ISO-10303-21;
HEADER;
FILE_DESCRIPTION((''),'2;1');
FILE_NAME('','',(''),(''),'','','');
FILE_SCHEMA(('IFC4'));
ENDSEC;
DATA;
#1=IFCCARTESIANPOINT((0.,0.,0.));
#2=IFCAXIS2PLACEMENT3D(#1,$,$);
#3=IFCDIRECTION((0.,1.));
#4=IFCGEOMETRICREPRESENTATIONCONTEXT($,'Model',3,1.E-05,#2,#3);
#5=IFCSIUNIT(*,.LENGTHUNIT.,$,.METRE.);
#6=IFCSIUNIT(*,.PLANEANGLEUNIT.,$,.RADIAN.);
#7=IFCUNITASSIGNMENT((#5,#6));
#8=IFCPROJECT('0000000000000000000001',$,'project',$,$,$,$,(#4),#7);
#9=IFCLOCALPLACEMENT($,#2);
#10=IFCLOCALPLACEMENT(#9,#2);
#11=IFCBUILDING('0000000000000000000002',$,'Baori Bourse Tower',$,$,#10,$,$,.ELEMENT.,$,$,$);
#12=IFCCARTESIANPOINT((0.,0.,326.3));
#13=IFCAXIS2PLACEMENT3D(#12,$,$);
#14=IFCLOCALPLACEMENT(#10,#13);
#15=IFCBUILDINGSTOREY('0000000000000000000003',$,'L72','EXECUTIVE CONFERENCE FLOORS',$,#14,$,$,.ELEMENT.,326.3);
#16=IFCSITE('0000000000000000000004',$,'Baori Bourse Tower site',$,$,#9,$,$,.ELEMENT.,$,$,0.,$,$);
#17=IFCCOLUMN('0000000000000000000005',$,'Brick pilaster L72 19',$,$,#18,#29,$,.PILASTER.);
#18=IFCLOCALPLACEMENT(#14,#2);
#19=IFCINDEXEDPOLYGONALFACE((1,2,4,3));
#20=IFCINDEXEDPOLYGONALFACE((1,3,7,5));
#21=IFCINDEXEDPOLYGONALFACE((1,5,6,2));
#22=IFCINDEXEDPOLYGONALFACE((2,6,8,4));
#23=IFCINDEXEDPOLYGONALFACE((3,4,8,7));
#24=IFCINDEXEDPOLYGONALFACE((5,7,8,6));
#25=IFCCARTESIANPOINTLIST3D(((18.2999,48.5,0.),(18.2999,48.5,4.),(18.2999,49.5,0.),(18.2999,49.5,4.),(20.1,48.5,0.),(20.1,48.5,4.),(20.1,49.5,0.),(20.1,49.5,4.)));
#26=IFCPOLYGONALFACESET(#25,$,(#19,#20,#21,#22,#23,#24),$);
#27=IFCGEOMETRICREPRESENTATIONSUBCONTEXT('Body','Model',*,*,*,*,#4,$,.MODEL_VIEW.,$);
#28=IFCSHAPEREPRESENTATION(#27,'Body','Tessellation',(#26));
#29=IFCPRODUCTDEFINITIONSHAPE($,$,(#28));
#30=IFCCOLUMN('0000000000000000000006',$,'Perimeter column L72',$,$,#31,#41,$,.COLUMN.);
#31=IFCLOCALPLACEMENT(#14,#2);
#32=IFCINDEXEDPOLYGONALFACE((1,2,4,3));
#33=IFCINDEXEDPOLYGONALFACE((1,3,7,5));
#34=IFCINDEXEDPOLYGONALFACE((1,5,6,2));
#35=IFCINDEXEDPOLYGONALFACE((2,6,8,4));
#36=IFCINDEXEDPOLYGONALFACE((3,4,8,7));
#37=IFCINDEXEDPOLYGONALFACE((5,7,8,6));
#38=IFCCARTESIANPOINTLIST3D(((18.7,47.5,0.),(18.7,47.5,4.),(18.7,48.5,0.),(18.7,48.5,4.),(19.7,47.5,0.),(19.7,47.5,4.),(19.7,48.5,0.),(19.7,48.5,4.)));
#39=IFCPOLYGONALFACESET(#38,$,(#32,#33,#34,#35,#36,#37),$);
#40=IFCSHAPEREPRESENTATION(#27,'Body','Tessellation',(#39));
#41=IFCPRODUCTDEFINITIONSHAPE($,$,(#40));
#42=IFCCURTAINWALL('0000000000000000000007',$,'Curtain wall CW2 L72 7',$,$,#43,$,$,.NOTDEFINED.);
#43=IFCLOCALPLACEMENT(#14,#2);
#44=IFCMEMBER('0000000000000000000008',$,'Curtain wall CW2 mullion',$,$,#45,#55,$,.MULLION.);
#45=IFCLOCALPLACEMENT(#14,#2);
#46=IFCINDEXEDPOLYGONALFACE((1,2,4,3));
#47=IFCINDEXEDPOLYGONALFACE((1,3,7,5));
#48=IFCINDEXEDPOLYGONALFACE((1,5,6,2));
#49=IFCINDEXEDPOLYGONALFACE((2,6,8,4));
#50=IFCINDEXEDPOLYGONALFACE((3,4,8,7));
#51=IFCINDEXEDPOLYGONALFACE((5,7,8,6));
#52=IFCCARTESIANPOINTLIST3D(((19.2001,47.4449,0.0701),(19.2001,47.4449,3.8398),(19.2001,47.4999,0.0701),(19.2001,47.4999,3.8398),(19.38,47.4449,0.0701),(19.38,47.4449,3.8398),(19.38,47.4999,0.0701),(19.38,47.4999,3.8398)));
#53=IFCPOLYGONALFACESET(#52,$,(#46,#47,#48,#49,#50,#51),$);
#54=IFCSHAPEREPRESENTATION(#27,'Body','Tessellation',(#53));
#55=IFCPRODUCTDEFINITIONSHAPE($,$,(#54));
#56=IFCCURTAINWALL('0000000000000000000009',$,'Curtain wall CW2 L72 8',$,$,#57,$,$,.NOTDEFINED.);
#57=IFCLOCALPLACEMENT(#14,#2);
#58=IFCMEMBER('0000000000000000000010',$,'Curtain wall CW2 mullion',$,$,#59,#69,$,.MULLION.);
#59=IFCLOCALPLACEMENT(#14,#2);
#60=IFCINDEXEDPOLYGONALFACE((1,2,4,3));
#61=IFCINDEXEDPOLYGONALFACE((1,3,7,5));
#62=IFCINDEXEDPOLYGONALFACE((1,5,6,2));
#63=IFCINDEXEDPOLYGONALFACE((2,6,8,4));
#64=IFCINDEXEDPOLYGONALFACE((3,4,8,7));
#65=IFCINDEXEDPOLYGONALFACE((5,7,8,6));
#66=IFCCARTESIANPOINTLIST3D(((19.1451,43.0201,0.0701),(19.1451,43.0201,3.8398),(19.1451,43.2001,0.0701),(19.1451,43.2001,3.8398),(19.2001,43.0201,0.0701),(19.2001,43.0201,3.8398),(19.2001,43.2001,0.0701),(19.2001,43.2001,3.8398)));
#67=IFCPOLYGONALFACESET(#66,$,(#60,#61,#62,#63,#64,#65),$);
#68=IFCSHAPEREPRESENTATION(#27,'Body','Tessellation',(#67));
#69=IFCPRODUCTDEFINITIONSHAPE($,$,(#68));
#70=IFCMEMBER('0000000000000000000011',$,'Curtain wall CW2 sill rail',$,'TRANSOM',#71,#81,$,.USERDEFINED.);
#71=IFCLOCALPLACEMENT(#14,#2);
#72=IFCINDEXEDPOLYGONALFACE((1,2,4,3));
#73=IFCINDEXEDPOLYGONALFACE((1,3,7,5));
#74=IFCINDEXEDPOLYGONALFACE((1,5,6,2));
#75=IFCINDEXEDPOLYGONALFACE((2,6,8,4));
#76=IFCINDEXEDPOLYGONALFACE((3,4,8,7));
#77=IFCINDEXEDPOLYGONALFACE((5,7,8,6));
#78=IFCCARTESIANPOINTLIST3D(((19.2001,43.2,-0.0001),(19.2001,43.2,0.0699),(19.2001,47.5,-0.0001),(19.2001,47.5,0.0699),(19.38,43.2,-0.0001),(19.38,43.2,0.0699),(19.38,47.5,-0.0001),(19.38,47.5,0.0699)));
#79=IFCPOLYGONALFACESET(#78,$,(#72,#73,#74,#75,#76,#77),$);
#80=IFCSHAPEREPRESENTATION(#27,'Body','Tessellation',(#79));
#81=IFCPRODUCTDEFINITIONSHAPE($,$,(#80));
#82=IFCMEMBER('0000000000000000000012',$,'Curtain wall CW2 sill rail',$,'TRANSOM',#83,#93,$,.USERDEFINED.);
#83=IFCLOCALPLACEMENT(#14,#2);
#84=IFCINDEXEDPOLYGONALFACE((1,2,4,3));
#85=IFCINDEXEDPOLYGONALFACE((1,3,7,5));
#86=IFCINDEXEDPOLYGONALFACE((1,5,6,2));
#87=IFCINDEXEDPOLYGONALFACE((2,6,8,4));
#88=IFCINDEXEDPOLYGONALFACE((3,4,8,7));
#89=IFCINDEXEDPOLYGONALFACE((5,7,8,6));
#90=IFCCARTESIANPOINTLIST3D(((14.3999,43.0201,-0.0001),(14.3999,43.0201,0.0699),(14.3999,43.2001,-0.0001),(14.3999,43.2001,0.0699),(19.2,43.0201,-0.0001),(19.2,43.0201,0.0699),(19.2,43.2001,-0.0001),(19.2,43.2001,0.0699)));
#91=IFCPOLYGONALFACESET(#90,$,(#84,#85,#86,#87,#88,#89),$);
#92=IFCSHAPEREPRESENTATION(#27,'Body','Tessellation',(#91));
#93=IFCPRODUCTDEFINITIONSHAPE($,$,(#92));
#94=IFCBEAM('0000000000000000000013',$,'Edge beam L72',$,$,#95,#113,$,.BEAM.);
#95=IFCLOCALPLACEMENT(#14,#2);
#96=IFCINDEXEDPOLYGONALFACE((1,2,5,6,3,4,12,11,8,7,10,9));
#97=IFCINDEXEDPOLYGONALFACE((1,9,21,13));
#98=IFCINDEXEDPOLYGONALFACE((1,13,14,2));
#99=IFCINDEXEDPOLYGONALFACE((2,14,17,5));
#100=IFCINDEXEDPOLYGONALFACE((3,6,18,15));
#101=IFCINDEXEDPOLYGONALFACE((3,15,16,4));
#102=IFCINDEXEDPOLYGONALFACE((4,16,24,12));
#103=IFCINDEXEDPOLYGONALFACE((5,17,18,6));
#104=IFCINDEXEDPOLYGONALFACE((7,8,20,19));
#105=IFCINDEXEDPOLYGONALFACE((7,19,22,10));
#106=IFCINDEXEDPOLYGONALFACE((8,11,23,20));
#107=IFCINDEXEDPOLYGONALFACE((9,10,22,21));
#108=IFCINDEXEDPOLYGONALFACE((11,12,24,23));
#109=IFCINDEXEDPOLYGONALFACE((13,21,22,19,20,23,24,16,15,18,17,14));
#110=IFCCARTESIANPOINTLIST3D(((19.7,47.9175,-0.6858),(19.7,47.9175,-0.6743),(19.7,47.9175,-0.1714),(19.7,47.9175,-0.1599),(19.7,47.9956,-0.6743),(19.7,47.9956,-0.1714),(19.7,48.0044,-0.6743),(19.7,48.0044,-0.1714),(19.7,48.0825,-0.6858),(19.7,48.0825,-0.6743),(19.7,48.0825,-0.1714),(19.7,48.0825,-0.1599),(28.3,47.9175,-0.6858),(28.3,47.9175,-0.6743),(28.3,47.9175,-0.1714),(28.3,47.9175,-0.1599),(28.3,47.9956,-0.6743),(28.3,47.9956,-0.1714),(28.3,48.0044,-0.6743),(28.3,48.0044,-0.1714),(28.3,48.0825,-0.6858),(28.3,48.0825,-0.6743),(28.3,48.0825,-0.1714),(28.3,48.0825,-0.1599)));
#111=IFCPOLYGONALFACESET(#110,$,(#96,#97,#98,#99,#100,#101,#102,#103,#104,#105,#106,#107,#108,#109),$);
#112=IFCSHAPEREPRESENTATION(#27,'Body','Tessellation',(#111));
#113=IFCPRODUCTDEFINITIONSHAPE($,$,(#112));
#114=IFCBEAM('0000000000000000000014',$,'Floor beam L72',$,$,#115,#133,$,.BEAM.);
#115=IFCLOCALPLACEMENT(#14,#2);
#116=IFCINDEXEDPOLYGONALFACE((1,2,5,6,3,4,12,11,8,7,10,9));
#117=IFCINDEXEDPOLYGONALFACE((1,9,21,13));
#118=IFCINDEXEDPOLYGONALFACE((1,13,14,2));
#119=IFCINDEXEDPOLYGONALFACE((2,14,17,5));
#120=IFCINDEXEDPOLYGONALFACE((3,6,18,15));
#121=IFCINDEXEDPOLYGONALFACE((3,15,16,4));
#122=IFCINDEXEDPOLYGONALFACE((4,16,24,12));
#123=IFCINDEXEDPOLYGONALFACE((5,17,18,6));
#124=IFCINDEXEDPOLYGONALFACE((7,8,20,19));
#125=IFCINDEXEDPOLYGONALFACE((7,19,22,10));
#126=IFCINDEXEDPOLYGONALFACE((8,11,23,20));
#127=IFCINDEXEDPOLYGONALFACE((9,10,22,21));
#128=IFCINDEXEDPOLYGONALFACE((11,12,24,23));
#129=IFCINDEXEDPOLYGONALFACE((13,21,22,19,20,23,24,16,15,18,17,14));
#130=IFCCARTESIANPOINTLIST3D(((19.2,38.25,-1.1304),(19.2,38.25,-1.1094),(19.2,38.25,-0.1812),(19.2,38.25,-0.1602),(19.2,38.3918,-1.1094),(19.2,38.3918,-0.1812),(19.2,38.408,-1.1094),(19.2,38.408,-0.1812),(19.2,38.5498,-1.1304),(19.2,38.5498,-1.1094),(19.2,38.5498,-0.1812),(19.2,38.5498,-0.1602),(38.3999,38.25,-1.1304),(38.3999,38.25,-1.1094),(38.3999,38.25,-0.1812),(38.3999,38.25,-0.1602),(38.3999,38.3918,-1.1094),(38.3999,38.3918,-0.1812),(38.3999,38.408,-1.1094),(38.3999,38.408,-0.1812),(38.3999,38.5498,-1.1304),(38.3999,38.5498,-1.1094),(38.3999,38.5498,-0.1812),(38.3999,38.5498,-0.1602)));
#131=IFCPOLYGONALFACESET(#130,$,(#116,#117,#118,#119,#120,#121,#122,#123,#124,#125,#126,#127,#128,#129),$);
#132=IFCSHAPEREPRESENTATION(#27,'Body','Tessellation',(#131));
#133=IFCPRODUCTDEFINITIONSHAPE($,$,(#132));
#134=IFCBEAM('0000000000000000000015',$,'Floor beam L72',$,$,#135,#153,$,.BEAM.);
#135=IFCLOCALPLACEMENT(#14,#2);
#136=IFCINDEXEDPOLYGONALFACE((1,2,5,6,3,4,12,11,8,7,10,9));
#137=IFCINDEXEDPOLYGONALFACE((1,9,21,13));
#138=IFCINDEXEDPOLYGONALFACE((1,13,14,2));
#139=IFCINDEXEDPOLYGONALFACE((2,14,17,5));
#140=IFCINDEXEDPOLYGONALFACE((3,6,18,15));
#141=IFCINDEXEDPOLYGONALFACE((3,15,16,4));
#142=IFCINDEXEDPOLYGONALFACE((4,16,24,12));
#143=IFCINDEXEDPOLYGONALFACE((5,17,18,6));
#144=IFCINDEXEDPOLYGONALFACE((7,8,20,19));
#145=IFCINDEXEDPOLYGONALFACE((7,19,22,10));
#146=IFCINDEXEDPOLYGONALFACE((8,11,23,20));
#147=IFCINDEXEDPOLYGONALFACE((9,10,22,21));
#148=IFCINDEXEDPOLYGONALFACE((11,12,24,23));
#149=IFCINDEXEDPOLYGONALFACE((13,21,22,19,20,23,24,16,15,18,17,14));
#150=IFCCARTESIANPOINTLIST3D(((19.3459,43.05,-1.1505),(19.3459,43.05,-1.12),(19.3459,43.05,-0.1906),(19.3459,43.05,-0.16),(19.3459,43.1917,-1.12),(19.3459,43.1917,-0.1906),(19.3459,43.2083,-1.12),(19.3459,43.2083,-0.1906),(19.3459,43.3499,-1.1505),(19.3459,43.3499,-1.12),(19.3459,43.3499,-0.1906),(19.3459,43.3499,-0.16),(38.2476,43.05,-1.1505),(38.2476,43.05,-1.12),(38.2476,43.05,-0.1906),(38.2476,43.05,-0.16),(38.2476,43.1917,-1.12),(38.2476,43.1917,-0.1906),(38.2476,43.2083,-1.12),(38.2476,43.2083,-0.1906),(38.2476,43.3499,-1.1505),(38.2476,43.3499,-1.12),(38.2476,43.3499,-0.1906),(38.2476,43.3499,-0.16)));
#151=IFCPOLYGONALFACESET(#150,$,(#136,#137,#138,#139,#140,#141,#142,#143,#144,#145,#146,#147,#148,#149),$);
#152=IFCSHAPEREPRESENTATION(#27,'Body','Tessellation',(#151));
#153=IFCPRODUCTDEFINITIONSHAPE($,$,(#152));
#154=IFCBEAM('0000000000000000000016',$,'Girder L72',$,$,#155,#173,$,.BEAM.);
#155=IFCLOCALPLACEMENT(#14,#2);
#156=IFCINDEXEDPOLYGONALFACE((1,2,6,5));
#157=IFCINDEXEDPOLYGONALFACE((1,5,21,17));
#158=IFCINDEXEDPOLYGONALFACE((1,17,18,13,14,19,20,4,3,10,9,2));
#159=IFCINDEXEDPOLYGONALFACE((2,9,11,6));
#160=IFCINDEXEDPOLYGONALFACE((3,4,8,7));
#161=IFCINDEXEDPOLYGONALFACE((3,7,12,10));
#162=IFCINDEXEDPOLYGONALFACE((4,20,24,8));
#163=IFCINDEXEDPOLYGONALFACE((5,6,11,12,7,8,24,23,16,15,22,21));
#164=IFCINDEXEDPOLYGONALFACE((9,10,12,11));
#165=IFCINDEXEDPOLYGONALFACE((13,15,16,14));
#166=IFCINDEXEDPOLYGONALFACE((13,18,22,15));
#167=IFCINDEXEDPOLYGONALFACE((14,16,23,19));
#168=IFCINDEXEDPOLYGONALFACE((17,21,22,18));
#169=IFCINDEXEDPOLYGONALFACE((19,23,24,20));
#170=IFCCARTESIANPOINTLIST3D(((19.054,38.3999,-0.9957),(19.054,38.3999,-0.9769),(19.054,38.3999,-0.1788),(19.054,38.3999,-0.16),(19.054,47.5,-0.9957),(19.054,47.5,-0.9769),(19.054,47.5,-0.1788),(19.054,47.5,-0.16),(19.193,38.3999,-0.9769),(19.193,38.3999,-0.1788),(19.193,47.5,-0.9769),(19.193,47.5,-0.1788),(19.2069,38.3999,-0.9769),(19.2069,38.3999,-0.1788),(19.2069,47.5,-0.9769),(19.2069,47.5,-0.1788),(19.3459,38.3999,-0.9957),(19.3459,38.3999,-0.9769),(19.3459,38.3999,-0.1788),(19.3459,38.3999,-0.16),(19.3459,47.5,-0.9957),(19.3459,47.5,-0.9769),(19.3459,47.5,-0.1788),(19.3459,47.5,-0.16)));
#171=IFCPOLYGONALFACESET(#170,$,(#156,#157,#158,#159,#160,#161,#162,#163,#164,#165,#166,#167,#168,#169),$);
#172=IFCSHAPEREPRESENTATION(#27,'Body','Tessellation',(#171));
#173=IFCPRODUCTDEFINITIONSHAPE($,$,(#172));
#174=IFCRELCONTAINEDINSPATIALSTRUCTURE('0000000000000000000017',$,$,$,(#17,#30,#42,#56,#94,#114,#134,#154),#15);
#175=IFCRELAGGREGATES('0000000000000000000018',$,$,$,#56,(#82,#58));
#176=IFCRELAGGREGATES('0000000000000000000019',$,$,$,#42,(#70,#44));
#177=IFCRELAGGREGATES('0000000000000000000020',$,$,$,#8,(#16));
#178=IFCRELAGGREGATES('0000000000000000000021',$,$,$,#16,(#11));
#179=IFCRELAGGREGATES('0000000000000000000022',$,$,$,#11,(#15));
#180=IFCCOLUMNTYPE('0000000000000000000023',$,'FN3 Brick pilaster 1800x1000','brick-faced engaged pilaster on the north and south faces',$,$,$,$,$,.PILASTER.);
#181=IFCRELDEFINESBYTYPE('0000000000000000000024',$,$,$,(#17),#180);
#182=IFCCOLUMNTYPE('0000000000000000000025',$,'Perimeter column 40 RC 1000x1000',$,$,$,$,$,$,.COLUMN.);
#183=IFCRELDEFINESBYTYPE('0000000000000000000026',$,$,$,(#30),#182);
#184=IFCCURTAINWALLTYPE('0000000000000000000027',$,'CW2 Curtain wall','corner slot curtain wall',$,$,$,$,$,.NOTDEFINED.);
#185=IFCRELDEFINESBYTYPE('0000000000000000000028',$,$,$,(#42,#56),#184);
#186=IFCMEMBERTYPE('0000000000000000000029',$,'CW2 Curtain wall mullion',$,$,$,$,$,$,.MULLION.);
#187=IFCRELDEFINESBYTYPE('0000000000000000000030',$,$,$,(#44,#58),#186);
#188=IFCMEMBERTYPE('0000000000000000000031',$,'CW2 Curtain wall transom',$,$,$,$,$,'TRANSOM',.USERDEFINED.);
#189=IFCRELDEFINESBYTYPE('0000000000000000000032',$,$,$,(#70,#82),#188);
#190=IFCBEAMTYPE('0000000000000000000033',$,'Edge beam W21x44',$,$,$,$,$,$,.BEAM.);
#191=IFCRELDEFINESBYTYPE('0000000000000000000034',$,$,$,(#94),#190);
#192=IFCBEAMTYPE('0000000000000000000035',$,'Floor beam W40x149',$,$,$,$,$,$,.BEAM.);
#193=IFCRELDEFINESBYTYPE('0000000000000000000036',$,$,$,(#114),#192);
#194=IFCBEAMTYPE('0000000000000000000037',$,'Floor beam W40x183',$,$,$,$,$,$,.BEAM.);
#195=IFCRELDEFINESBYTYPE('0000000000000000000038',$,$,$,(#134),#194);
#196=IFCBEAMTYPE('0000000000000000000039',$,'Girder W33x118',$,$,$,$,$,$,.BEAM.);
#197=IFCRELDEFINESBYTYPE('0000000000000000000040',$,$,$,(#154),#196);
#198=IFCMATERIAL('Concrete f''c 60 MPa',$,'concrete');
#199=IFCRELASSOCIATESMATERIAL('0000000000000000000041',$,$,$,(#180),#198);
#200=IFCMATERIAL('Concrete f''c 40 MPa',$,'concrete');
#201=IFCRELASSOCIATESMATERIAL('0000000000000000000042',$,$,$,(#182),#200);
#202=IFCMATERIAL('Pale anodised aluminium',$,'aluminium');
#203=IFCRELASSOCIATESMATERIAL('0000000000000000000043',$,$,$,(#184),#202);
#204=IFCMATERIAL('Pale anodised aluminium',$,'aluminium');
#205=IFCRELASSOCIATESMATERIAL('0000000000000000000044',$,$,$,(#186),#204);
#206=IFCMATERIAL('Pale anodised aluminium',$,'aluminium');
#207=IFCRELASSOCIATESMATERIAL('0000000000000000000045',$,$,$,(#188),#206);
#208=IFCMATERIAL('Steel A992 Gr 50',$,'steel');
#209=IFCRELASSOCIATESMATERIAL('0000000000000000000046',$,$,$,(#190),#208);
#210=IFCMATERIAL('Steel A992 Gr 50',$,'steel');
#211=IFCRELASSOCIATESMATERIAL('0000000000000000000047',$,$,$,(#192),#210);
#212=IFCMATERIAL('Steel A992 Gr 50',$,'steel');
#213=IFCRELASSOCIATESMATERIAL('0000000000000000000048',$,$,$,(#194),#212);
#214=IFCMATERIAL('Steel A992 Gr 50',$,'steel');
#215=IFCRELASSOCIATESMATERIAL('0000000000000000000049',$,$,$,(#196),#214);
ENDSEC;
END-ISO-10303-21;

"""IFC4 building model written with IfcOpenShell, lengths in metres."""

from ifc_helpers import new_model, si_unit, direction, frame, origin, origin_2d, place, context, subcontext, project, spatial, rectangle, i_section, extrude, material, material_profile, profile_set, type_object, element, aggregate, save


model = new_model("IFC4")

# Units and contexts
model_context = context("Model", 3, precision=1e-05, world=origin(), true_north=direction((0.0, 1.0)))
body_context = subcontext(model_context, "Body", "Model", "MODEL_VIEW")
ifc_project = project(units=[si_unit("LENGTHUNIT", "METRE"), si_unit("PLANEANGLEUNIT", "RADIAN")], contexts=[model_context])

# Site, building, storey
site_placement = place(None, origin())
site = spatial("IfcSite", under=ifc_project, at=site_placement, Name="Baori Bourse Tower site", CompositionType="ELEMENT", RefElevation=0.0)
building_placement = place(site_placement, origin())
building = spatial("IfcBuilding", under=site, at=building_placement, Name="Baori Bourse Tower", CompositionType="ELEMENT")
storey_placement = place(building_placement, frame((0.0, 0.0, 326.3)))
storey = spatial("IfcBuildingStorey", under=building, at=storey_placement, Name="L72", Description="EXECUTIVE CONFERENCE FLOORS", CompositionType="ELEMENT", Elevation=326.3)

# Columns
ifc_material_1 = material(Name="Concrete f'c 60 MPa", Category="concrete")
ifc_material_profile_1 = material_profile(ifc_material_1, rectangle(XDim=1.8, YDim=1.0, at=origin_2d()), Name="RC 1800x1000")
ifc_profile_set_1 = profile_set([ifc_material_profile_1], Name="Concrete f'c 60 MPa")
column_type_1 = type_object("IfcColumnType", Name="FN3 Brick pilaster 1800x1000", Description="brick-faced engaged pilaster on the north and south faces", PredefinedType="PILASTER", material=ifc_profile_set_1)
column_1_placement = place(storey_placement, frame((19.2, 49.0, 0.0), z_axis=(0.0, 0.0, 1.0), x_axis=(1.0, 0.0, 0.0)))
element("IfcColumn", 1, at=column_1_placement, inside=storey, type_object=column_type_1, Name="Brick pilaster L72 19", PredefinedType="PILASTER", context=body_context, shape_type="SweptSolid", body=[
    extrude(rectangle(XDim=1.8, YDim=1.0, at=origin_2d()), origin(), (0.0, 0.0, 1.0), 4.0),
])
ifc_material_2 = material(Name="Concrete f'c 40 MPa", Category="concrete")
ifc_material_profile_2 = material_profile(ifc_material_2, rectangle(XDim=1.0, YDim=1.0, at=origin_2d()), Name="RC 1000x1000")
ifc_profile_set_2 = profile_set([ifc_material_profile_2], Name="Concrete f'c 40 MPa")
column_type_2 = type_object("IfcColumnType", Name="Perimeter column 40 RC 1000x1000", PredefinedType="COLUMN", material=ifc_profile_set_2)
column_2_placement = place(storey_placement, frame((19.2, 48.0, 0.0), z_axis=(0.0, 0.0, 1.0), x_axis=(1.0, 0.0, 0.0)))
element("IfcColumn", 2, at=column_2_placement, inside=storey, type_object=column_type_2, Name="Perimeter column L72", PredefinedType="COLUMN", context=body_context, shape_type="SweptSolid", body=[
    extrude(rectangle(XDim=1.0, YDim=1.0, at=origin_2d()), origin(), (0.0, 0.0, 1.0), 4.0),
])

# Curtain walls, members
ifc_material_3 = material(Name="Pale anodised aluminium", Category="aluminium")
curtain_wall_type_1 = type_object("IfcCurtainWallType", Name="CW2 Curtain wall", Description="corner slot curtain wall", PredefinedType="NOTDEFINED", material=ifc_material_3)
curtain_wall_1_placement = place(storey_placement, origin())
curtain_wall_1 = element("IfcCurtainWall", 3, at=curtain_wall_1_placement, inside=storey, type_object=curtain_wall_type_1, Name="Curtain wall CW2 L72 7", PredefinedType="NOTDEFINED")
ifc_material_4 = material(Name="Pale anodised aluminium", Category="aluminium")
ifc_material_profile_3 = material_profile(ifc_material_4, rectangle(XDim=0.1799, YDim=0.0549, at=origin_2d()), Name="Mullion 55x180")
ifc_profile_set_3 = profile_set([ifc_material_profile_3], Name="Pale anodised aluminium")
member_type_1 = type_object("IfcMemberType", Name="CW2 Curtain wall mullion", PredefinedType="MULLION", material=ifc_profile_set_3)
member_1_placement = place(storey_placement, frame((19.29, 47.4724, 0.0701), z_axis=(0.0, 0.0, 1.0), x_axis=(1.0, 0.0, 0.0)))
member_1 = element("IfcMember", 4, at=member_1_placement, type_object=member_type_1, Name="Curtain wall CW2 mullion", PredefinedType="MULLION", context=body_context, shape_type="SweptSolid", body=[
    extrude(rectangle(XDim=0.1799, YDim=0.0549, at=origin_2d()), origin(), (0.0, 0.0, 1.0), 3.7698),
])
curtain_wall_2_placement = place(storey_placement, origin())
curtain_wall_2 = element("IfcCurtainWall", 5, at=curtain_wall_2_placement, inside=storey, type_object=curtain_wall_type_1, Name="Curtain wall CW2 L72 8", PredefinedType="NOTDEFINED")
member_2_placement = place(storey_placement, frame((19.1726, 43.1101, 0.0701), z_axis=(0.0, 0.0, 1.0), x_axis=(0.0, -1.0, 0.0)))
member_2 = element("IfcMember", 6, at=member_2_placement, type_object=member_type_1, Name="Curtain wall CW2 mullion", PredefinedType="MULLION", context=body_context, shape_type="SweptSolid", body=[
    extrude(rectangle(XDim=0.1799, YDim=0.0549, at=origin_2d()), origin(), (0.0, 0.0, 1.0), 3.7698),
])

# Members
ifc_material_5 = material(Name="Pale anodised aluminium", Category="aluminium")
ifc_material_profile_4 = material_profile(ifc_material_5, rectangle(XDim=0.1799, YDim=0.0701, at=origin_2d()), Name="Transom 70x180")
ifc_profile_set_4 = profile_set([ifc_material_profile_4], Name="Pale anodised aluminium")
member_type_2 = type_object("IfcMemberType", Name="CW2 Curtain wall transom", ElementType="TRANSOM", PredefinedType="USERDEFINED", material=ifc_profile_set_4)
member_3_placement = place(storey_placement, frame((19.29, 47.5, 0.0349), z_axis=(0.0, -1.0, 0.0), x_axis=(1.0, 0.0, 0.0)))
member_3 = element("IfcMember", 7, at=member_3_placement, type_object=member_type_2, Name="Curtain wall CW2 sill rail", ObjectType="TRANSOM", PredefinedType="USERDEFINED", context=body_context, shape_type="SweptSolid", body=[
    extrude(rectangle(XDim=0.1799, YDim=0.0701, at=origin_2d()), origin(), (0.0, 0.0, 1.0), 4.3),
])
member_4_placement = place(storey_placement, frame((19.2, 43.1101, 0.0349), z_axis=(-1.0, 0.0, 0.0), x_axis=(0.0, -1.0, 0.0)))
member_4 = element("IfcMember", 8, at=member_4_placement, type_object=member_type_2, Name="Curtain wall CW2 sill rail", ObjectType="TRANSOM", PredefinedType="USERDEFINED", context=body_context, shape_type="SweptSolid", body=[
    extrude(rectangle(XDim=0.1799, YDim=0.0701, at=origin_2d()), origin(), (0.0, 0.0, 1.0), 4.8),
])
aggregate(curtain_wall_2, [member_4, member_2])

# Beams
ifc_material_6 = material(Name="Steel A992 Gr 50", Category="steel")
ifc_material_profile_5 = material_profile(ifc_material_6, i_section(OverallWidth=0.165, OverallDepth=0.5259, WebThickness=0.0088, FlangeThickness=0.0115, at=origin_2d()), Name="W21x44")
ifc_profile_set_5 = profile_set([ifc_material_profile_5], Name="Steel A992 Gr 50")
beam_type_1 = type_object("IfcBeamType", Name="Edge beam W21x44", PredefinedType="BEAM", material=ifc_profile_set_5)
beam_1_placement = place(storey_placement, frame((19.7, 48.0, -0.4229), z_axis=(1.0, 0.0, 0.0), x_axis=(0.0, 1.0, 0.0)))
element("IfcBeam", 9, at=beam_1_placement, inside=storey, type_object=beam_type_1, Name="Edge beam L72", PredefinedType="BEAM", context=body_context, shape_type="SweptSolid", body=[
    extrude(i_section(OverallWidth=0.165, OverallDepth=0.5259, WebThickness=0.0088, FlangeThickness=0.0115, at=origin_2d()), origin(), (0.0, 0.0, 1.0), 8.6001),
])
ifc_material_7 = material(Name="Steel A992 Gr 50", Category="steel")
ifc_material_profile_6 = material_profile(ifc_material_7, i_section(OverallWidth=0.2998, OverallDepth=0.9702, WebThickness=0.0161, FlangeThickness=0.021, at=origin_2d()), Name="W40x149")
ifc_profile_set_6 = profile_set([ifc_material_profile_6], Name="Steel A992 Gr 50")
beam_type_2 = type_object("IfcBeamType", Name="Floor beam W40x149", PredefinedType="BEAM", material=ifc_profile_set_6)
beam_2_placement = place(storey_placement, frame((19.2, 38.3999, -0.6453), z_axis=(1.0, 0.0, 0.0), x_axis=(0.0, 1.0, 0.0)))
element("IfcBeam", 10, at=beam_2_placement, inside=storey, type_object=beam_type_2, Name="Floor beam L72", PredefinedType="BEAM", context=body_context, shape_type="SweptSolid", body=[
    extrude(i_section(OverallWidth=0.2998, OverallDepth=0.9702, WebThickness=0.0161, FlangeThickness=0.021, at=origin_2d()), origin(), (0.0, 0.0, 1.0), 19.2),
])
ifc_material_8 = material(Name="Steel A992 Gr 50", Category="steel")
ifc_material_profile_7 = material_profile(ifc_material_8, i_section(OverallWidth=0.2998, OverallDepth=0.9905, WebThickness=0.0166, FlangeThickness=0.0305, at=origin_2d()), Name="W40x183")
ifc_profile_set_7 = profile_set([ifc_material_profile_7], Name="Steel A992 Gr 50")
beam_type_3 = type_object("IfcBeamType", Name="Floor beam W40x183", PredefinedType="BEAM", material=ifc_profile_set_7)
beam_3_placement = place(storey_placement, frame((19.3459, 43.2, -0.6553), z_axis=(1.0, 0.0, 0.0), x_axis=(0.0, 1.0, 0.0)))
element("IfcBeam", 11, at=beam_3_placement, inside=storey, type_object=beam_type_3, Name="Floor beam L72", PredefinedType="BEAM", context=body_context, shape_type="SweptSolid", body=[
    extrude(i_section(OverallWidth=0.2998, OverallDepth=0.9905, WebThickness=0.0166, FlangeThickness=0.0305, at=origin_2d()), origin(), (0.0, 0.0, 1.0), 18.9016),
])
ifc_material_9 = material(Name="Steel A992 Gr 50", Category="steel")
ifc_material_profile_8 = material_profile(ifc_material_9, i_section(OverallWidth=0.292, OverallDepth=0.8357, WebThickness=0.0139, FlangeThickness=0.0188, at=origin_2d()), Name="W33x118")
ifc_profile_set_8 = profile_set([ifc_material_profile_8], Name="Steel A992 Gr 50")
beam_type_4 = type_object("IfcBeamType", Name="Girder W33x118", PredefinedType="BEAM", material=ifc_profile_set_8)
beam_4_placement = place(storey_placement, frame((19.2, 38.3999, -0.5779), z_axis=(0.0, 1.0, 0.0), x_axis=(-1.0, 0.0, 0.0)))
element("IfcBeam", 12, at=beam_4_placement, inside=storey, type_object=beam_type_4, Name="Girder L72", PredefinedType="BEAM", context=body_context, shape_type="SweptSolid", body=[
    extrude(i_section(OverallWidth=0.292, OverallDepth=0.8357, WebThickness=0.0139, FlangeThickness=0.0188, at=origin_2d()), origin(), (0.0, 0.0, 1.0), 9.1001),
])

aggregate(curtain_wall_1, [member_3, member_1])

save(model, "model.ifc")
